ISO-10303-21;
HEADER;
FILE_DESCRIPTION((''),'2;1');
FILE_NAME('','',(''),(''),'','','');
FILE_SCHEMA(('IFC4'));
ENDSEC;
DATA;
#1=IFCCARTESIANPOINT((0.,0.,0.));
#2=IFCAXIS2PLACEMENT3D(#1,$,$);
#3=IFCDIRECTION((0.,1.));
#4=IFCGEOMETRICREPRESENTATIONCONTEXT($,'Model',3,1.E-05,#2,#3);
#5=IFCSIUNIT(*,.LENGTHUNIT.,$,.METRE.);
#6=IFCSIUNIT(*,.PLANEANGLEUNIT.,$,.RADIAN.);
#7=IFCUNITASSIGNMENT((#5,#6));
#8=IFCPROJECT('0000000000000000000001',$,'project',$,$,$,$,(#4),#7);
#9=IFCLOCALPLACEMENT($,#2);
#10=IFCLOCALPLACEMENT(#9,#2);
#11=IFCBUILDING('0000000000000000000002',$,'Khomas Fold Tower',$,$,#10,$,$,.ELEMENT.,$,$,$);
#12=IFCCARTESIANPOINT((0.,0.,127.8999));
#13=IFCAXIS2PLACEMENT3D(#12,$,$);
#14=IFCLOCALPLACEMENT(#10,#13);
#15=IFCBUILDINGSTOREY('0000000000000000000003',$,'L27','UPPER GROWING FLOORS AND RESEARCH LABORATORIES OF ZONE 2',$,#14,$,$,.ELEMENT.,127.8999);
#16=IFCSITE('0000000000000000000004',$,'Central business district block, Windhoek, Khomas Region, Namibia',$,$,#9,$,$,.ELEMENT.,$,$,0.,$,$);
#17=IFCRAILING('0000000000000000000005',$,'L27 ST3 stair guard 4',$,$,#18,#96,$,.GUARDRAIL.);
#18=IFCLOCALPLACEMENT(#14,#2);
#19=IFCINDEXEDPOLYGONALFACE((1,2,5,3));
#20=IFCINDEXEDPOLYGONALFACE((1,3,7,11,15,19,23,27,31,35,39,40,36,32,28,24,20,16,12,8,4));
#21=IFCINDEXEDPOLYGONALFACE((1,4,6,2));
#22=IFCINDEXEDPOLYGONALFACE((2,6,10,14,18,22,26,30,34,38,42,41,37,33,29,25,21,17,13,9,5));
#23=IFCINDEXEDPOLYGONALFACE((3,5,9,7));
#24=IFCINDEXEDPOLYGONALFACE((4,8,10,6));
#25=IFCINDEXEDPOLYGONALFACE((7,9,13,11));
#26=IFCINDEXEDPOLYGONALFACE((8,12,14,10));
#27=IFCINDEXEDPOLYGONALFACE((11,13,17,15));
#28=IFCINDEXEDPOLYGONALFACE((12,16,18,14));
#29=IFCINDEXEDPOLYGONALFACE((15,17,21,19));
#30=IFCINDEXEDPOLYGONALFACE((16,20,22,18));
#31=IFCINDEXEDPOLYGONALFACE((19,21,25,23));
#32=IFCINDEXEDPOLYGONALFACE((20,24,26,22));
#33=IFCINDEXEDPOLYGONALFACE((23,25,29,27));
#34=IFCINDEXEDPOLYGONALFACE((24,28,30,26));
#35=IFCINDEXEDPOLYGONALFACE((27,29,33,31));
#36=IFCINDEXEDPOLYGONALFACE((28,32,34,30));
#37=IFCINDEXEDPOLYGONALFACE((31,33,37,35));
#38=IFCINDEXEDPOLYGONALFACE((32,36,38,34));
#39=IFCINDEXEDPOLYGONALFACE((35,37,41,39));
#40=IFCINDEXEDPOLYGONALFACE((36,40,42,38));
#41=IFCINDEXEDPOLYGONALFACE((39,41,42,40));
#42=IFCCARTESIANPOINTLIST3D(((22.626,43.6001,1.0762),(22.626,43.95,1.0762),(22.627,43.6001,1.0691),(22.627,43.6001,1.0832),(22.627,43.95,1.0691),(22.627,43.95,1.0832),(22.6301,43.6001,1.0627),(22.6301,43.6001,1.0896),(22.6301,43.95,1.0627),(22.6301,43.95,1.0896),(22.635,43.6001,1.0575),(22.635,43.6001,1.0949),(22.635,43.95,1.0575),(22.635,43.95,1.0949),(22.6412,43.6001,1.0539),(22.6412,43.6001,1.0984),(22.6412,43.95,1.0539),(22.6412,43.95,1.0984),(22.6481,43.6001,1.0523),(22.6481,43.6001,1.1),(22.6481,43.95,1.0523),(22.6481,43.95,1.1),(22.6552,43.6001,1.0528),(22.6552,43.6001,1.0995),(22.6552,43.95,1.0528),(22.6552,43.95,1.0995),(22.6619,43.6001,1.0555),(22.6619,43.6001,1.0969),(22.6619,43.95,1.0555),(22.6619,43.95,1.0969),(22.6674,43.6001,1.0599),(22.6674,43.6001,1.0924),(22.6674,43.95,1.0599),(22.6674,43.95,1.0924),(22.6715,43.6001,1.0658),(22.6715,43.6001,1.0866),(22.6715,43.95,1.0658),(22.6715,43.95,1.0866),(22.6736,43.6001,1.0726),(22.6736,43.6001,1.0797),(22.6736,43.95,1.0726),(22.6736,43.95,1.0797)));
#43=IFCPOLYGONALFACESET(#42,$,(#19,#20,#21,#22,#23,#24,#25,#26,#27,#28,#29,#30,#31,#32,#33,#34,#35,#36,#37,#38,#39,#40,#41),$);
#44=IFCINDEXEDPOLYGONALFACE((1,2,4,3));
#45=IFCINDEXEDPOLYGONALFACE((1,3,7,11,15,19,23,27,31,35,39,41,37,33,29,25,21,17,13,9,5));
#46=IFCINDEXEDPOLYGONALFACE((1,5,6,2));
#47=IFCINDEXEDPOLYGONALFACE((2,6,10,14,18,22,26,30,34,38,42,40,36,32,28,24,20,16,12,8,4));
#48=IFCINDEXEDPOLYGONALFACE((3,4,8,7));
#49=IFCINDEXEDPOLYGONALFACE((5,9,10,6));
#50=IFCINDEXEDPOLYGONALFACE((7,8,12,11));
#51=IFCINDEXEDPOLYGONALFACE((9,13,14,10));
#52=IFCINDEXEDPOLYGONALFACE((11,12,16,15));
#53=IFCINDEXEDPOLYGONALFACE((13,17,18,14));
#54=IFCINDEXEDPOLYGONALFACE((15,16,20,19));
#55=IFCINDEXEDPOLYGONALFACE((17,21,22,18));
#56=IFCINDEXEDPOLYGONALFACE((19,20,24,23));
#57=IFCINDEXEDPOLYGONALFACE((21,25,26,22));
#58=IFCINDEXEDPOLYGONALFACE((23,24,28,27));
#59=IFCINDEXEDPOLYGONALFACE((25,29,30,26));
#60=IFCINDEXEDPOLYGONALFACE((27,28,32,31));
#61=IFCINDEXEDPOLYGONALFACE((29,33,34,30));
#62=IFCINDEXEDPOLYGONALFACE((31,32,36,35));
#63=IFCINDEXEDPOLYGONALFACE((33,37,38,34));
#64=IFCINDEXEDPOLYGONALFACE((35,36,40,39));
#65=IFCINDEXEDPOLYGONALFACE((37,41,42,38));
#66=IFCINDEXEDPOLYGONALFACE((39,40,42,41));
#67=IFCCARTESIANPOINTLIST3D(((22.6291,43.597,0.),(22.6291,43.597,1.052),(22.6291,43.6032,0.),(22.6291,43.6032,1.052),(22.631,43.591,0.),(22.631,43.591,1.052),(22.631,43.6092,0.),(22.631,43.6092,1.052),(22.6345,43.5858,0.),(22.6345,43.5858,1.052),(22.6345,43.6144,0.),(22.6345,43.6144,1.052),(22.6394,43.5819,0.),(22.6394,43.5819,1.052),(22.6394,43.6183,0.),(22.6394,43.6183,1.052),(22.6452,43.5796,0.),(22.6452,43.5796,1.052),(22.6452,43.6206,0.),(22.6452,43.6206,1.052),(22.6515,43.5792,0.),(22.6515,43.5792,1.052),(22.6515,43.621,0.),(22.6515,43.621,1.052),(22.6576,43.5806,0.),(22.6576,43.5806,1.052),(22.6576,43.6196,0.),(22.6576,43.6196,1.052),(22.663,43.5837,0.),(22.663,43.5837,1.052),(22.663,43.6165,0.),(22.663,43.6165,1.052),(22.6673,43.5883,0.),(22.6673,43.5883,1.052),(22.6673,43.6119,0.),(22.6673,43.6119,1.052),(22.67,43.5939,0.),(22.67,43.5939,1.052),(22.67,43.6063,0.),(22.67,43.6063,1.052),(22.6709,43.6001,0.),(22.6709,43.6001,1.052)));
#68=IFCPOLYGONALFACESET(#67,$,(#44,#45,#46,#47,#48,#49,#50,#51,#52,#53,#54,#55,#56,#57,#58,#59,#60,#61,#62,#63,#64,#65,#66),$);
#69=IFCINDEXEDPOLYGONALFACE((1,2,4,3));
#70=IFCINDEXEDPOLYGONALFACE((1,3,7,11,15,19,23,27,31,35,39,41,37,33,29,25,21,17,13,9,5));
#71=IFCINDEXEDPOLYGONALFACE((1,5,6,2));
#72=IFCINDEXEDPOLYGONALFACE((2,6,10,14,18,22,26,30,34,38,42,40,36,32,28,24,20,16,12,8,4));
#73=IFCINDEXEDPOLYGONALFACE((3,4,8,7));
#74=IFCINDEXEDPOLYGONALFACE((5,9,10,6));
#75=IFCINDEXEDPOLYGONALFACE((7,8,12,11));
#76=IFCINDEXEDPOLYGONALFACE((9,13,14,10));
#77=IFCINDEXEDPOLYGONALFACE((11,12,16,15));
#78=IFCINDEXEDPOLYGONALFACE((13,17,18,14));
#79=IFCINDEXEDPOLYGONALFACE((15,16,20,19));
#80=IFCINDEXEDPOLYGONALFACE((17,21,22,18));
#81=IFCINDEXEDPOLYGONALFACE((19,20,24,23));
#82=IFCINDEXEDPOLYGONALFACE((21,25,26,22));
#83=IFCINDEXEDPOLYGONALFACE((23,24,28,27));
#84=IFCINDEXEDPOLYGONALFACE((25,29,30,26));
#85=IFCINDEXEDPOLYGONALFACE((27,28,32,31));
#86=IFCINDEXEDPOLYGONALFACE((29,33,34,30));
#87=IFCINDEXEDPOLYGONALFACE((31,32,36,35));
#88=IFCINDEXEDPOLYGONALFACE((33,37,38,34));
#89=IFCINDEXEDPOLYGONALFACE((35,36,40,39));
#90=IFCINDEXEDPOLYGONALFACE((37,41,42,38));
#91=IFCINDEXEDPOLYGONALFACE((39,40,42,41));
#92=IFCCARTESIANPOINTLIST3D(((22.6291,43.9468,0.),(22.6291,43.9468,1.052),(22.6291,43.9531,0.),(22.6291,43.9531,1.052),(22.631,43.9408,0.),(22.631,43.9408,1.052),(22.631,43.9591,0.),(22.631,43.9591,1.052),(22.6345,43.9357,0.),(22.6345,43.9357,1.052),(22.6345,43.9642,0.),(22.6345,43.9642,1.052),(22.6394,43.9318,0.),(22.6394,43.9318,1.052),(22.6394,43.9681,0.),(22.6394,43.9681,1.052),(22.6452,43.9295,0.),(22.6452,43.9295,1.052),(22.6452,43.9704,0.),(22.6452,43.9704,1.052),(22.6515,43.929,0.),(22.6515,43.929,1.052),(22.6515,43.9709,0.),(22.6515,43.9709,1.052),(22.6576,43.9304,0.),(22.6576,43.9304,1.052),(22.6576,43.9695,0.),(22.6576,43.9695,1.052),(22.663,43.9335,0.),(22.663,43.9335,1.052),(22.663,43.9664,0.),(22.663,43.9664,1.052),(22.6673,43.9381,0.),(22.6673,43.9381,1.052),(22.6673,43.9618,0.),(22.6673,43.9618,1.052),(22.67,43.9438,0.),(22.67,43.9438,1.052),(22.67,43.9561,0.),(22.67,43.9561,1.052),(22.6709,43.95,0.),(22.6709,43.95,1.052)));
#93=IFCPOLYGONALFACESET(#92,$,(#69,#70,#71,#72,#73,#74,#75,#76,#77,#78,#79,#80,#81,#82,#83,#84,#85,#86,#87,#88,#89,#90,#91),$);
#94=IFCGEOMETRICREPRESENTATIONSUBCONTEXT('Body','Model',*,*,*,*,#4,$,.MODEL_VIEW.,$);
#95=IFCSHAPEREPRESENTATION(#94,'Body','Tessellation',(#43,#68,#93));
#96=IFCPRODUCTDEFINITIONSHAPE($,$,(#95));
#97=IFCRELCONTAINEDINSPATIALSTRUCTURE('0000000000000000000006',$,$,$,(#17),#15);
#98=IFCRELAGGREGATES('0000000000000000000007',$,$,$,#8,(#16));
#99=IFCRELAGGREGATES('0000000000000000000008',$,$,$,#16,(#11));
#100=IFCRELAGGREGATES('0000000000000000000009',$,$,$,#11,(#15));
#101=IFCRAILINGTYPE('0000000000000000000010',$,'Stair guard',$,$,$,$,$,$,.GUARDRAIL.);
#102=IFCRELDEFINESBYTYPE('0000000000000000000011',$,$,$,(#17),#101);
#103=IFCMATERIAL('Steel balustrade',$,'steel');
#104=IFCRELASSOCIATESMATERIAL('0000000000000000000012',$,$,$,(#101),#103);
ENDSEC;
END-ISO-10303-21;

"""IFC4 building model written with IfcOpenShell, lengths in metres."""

from ifc_helpers import new_model, si_unit, direction, frame, origin, origin_2d, place, context, subcontext, project, spatial, circle, extrude, source, transform, mapped, material, type_object, element, save


model = new_model("IFC4")

# Units and contexts
model_context = context("Model", 3, precision=1e-05, world=origin(), true_north=direction((0.0, 1.0)))
body_context = subcontext(model_context, "Body", "Model", "MODEL_VIEW")
ifc_project = project(units=[si_unit("LENGTHUNIT", "METRE"), si_unit("PLANEANGLEUNIT", "RADIAN")], contexts=[model_context])

# Site, building, storey
site_placement = place(None, origin())
site = spatial("IfcSite", under=ifc_project, at=site_placement, Name="Central business district block, Windhoek, Khomas Region, Namibia", CompositionType="ELEMENT", RefElevation=0.0)
building_placement = place(site_placement, origin())
building = spatial("IfcBuilding", under=site, at=building_placement, Name="Khomas Fold Tower", CompositionType="ELEMENT")
storey_placement = place(building_placement, frame((0.0, 0.0, 127.8999)))
storey = spatial("IfcBuildingStorey", under=building, at=storey_placement, Name="L27", Description="UPPER GROWING FLOORS AND RESEARCH LABORATORIES OF ZONE 2", CompositionType="ELEMENT", Elevation=127.8999)

# Railing
ifc_material_1 = material(Name="Steel balustrade", Category="steel")
railing_type_1 = type_object("IfcRailingType", Name="Stair guard", PredefinedType="GUARDRAIL", material=ifc_material_1)
shared_shape_1 = source(origin(), body_context, "Body", "SweptSolid", [
    extrude(circle(Radius=0.0239, at=origin_2d()), frame((0.0, 0.0, 1.0762), z_axis=(0.0, 1.0, 0.0), x_axis=(-1.0, 0.0, 0.0)), (0.0, 0.0, 1.0), 0.3499),
    extrude(circle(Radius=0.021, at=origin_2d()), origin(), (0.0, 0.0, 1.0), 1.052),
    extrude(circle(Radius=0.021, at=origin_2d()), frame((0.0, 0.3499, 0.0)), (0.0, 0.0, 1.0), 1.052),
])
for number, where, name in (
    (1, (22.6499, 43.6001, 0.0), "L27 ST3 stair guard 4"),
):
    element("IfcRailing", number, at=place(storey_placement, frame(where)), inside=storey, type_object=railing_type_1, Name=name, PredefinedType="GUARDRAIL", context=body_context, shape_type="MappedRepresentation", body=[
        mapped(shared_shape_1, transform((0.0, 0.0, 0.0))),
    ])

save(model, "model.ifc")
